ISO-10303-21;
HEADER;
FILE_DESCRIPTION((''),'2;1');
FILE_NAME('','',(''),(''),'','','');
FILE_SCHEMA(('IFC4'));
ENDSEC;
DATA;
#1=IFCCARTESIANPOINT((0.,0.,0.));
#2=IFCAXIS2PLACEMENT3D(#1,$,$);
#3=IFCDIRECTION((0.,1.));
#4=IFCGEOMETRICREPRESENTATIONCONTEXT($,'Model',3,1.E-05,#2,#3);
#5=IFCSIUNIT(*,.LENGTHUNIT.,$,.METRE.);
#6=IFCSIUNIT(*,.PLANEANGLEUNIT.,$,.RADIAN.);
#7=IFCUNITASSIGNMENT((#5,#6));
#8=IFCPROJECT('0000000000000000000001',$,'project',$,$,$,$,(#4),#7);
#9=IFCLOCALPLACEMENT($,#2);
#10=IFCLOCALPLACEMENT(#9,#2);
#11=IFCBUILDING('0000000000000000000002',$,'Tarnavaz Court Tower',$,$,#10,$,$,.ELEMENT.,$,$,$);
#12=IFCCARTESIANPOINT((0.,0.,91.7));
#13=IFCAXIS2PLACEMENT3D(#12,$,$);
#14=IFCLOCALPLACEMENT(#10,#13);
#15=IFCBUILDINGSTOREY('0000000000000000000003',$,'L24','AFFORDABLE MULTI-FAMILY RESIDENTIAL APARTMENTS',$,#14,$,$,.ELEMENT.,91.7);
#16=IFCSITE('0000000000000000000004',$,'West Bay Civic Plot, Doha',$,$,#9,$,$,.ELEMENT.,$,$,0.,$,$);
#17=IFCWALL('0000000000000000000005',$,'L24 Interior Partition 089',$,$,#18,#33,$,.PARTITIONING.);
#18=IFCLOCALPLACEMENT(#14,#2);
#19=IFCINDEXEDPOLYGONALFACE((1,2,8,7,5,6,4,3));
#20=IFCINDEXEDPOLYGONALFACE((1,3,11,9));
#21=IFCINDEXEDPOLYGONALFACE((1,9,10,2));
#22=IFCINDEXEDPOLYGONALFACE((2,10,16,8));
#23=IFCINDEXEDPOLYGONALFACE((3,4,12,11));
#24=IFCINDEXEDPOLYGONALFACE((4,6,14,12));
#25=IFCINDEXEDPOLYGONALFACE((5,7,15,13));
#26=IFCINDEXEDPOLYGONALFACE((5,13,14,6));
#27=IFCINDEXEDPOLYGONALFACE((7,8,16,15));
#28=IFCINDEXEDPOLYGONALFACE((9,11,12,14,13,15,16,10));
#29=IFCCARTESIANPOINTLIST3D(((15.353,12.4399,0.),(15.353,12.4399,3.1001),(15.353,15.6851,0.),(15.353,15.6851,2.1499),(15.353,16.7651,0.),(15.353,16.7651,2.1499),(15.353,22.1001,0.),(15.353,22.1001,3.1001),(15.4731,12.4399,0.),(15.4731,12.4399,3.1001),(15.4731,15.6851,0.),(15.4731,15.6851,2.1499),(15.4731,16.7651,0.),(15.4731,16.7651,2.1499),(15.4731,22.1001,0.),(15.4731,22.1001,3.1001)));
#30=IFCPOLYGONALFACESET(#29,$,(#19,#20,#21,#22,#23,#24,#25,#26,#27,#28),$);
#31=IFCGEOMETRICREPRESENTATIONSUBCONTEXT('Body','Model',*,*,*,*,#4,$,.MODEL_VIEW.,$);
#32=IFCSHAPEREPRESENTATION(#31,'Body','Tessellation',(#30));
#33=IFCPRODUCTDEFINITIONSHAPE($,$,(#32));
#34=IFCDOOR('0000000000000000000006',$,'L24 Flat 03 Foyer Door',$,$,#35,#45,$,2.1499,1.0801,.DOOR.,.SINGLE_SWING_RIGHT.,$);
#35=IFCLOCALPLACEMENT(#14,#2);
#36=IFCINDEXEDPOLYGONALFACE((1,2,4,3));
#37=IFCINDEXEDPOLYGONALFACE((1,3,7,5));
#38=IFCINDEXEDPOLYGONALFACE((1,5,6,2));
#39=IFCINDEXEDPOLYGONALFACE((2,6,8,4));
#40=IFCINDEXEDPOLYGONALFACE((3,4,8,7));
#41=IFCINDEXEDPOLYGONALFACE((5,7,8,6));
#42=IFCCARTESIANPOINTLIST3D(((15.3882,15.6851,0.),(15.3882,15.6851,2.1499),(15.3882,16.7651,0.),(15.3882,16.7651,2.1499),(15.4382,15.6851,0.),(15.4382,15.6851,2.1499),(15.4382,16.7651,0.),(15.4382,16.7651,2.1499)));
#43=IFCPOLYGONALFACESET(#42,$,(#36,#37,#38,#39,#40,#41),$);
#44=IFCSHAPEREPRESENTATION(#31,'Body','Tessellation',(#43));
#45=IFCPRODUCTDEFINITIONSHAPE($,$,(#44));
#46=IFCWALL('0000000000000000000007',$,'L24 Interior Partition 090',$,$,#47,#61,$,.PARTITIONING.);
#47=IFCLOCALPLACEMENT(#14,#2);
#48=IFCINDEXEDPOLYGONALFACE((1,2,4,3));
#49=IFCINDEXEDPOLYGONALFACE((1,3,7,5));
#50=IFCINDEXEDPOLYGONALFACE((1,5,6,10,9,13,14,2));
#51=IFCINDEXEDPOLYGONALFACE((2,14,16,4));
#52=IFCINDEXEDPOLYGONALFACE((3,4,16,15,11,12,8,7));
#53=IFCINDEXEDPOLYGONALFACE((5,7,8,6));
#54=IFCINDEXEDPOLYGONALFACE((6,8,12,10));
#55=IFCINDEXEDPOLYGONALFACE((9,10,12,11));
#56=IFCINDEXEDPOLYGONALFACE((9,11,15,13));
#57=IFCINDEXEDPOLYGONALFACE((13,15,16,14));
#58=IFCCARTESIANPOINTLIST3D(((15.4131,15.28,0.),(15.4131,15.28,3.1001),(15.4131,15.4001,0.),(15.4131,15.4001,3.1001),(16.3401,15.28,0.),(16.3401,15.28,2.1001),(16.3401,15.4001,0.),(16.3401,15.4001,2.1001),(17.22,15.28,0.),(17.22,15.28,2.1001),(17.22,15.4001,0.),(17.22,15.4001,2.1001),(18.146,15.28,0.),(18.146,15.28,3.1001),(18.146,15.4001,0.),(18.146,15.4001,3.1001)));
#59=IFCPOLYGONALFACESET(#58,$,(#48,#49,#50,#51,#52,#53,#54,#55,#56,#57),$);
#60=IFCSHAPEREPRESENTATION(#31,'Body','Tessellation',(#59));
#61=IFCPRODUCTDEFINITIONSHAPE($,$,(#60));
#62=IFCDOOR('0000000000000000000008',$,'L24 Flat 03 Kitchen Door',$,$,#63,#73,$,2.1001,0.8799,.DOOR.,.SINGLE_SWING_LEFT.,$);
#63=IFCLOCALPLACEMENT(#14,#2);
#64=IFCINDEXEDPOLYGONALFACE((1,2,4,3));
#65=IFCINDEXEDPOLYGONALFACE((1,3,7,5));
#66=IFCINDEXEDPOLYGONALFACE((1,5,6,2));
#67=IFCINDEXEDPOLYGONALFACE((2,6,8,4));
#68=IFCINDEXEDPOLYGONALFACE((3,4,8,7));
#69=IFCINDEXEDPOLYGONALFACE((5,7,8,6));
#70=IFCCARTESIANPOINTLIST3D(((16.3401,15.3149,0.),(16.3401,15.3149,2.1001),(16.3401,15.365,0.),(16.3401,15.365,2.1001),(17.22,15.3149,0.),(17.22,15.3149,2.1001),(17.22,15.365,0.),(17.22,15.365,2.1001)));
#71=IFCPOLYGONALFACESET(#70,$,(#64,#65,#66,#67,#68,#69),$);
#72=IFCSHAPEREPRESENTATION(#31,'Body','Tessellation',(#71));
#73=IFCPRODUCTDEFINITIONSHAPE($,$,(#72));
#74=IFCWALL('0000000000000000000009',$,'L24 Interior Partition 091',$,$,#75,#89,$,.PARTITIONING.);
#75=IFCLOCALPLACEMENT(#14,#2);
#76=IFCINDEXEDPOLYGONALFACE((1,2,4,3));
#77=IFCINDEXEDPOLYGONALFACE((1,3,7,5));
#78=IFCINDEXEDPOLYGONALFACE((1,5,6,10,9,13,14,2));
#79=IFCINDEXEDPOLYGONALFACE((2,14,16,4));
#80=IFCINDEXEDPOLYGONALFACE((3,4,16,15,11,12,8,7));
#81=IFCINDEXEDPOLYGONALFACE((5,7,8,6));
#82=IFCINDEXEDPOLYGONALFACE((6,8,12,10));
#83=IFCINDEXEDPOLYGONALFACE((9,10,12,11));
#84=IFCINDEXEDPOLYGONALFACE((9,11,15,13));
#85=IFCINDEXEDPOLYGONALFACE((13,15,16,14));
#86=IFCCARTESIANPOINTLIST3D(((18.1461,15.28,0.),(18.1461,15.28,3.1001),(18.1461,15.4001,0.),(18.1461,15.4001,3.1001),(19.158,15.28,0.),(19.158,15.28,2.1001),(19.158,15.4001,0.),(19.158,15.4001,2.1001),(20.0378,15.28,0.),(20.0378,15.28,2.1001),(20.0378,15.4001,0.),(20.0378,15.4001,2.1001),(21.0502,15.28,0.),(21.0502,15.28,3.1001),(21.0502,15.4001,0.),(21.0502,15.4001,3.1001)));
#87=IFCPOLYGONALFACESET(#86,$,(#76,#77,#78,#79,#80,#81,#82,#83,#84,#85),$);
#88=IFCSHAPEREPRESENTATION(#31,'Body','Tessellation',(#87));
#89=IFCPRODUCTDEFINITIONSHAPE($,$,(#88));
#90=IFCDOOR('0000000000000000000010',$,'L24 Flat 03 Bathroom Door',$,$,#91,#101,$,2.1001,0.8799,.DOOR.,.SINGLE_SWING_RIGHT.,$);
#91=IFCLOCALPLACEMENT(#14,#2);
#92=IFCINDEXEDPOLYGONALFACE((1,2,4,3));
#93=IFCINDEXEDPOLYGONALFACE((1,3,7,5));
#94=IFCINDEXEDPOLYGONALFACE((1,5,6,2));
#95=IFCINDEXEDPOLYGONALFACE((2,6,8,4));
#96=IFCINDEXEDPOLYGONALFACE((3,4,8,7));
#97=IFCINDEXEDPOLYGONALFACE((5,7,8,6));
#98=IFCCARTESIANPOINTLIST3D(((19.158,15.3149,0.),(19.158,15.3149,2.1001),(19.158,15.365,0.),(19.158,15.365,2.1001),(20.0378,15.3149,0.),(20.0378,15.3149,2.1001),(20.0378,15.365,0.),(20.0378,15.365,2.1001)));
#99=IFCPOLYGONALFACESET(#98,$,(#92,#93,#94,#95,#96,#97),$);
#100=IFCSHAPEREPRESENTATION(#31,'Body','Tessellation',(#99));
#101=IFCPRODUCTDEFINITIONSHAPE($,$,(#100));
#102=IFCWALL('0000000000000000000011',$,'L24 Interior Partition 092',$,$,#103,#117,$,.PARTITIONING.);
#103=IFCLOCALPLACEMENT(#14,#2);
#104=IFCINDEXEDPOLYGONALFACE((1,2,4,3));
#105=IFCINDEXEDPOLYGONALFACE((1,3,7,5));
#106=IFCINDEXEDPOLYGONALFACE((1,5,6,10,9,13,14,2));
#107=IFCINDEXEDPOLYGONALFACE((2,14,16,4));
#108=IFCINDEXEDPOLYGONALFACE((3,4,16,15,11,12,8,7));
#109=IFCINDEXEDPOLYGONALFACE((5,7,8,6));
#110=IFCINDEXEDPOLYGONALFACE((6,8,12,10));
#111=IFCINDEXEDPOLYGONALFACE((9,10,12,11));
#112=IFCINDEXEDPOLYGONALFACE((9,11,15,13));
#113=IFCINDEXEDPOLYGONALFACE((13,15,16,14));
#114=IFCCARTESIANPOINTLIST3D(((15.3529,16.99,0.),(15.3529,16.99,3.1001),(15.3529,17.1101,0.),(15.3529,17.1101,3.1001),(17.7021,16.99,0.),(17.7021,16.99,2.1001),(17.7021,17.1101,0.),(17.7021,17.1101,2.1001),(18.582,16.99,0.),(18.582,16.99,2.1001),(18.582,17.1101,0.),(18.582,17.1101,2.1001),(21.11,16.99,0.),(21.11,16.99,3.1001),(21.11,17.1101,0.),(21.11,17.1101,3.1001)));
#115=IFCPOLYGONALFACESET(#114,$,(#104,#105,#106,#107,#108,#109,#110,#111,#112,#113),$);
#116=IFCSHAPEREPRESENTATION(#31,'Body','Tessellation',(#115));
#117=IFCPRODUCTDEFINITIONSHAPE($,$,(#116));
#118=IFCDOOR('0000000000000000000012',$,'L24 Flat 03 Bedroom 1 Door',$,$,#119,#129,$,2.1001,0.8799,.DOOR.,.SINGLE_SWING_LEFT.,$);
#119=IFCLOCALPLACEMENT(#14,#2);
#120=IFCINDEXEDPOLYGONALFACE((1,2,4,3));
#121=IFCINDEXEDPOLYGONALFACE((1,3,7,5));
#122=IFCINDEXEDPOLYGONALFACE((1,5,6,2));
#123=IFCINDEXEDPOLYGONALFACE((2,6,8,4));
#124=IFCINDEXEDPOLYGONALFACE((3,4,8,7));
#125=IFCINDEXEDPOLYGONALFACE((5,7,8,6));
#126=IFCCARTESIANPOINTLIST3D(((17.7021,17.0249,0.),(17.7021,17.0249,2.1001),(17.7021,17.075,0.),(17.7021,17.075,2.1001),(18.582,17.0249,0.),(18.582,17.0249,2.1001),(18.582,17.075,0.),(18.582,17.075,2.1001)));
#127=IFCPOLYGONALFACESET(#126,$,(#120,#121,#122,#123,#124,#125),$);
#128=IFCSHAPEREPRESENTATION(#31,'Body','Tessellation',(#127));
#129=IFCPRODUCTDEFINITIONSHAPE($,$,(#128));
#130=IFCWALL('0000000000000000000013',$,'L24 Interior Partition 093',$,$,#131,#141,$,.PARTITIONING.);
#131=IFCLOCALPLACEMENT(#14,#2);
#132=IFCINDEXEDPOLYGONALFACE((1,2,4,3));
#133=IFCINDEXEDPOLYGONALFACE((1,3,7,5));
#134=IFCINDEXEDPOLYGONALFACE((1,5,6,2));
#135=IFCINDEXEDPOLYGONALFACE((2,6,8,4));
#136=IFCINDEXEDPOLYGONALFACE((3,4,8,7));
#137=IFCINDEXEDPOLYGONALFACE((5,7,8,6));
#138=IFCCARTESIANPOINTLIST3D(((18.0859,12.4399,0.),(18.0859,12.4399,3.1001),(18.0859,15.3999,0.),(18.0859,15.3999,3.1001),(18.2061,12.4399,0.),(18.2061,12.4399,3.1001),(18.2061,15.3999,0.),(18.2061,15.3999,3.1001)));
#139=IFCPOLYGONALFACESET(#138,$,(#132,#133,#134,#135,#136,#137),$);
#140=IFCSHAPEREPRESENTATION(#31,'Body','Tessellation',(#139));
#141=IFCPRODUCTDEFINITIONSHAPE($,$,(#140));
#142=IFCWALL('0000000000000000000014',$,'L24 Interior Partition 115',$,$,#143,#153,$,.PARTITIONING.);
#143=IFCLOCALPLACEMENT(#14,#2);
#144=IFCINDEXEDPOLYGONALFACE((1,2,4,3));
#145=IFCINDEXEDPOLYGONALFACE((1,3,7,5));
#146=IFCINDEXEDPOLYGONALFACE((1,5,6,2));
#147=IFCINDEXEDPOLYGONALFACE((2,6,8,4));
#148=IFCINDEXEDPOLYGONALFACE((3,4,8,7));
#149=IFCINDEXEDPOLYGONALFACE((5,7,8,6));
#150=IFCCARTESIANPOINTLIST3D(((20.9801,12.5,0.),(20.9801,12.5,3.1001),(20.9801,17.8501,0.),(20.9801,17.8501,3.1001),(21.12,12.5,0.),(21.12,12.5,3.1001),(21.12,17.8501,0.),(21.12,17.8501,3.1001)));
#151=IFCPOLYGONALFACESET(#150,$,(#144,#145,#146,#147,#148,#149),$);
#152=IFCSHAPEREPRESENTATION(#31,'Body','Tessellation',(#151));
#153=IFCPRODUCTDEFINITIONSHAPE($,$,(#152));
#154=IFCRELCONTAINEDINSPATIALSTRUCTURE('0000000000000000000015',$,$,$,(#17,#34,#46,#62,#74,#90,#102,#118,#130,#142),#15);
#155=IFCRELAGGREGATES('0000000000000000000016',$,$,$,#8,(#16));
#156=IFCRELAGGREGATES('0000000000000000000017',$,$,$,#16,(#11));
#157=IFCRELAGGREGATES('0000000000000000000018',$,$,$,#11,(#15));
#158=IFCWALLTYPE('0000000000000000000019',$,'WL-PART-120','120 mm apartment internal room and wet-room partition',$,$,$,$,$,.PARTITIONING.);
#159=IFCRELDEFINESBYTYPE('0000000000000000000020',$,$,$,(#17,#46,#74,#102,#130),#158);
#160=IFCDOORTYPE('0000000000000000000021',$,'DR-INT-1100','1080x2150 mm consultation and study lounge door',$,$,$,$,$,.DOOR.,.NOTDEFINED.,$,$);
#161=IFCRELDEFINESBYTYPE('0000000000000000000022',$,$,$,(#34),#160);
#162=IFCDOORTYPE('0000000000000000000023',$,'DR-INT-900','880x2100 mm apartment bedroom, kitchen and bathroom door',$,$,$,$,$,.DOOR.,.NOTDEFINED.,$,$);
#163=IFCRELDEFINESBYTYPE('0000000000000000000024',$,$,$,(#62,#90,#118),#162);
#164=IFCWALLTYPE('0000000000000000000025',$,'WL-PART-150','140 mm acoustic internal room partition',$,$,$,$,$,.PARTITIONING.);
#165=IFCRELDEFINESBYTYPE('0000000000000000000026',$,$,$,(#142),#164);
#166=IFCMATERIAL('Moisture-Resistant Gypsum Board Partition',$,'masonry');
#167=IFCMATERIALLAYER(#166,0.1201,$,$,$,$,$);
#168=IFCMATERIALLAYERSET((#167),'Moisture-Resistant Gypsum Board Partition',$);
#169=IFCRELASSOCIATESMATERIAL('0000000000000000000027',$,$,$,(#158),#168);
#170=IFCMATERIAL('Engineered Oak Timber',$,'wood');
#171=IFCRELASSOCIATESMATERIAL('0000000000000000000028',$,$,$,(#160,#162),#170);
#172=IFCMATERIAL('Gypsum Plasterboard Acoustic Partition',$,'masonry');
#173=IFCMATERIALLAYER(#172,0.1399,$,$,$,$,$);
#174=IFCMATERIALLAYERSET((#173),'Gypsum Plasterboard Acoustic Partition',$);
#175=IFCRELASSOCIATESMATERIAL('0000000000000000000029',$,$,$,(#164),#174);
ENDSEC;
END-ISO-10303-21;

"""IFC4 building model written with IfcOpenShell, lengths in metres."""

from ifc_helpers import new_model, si_unit, direction, frame, frame_2d, origin, place, context, subcontext, project, spatial, rectangle, extrude, material, layer, layer_set, type_object, element, fill, save


model = new_model("IFC4")

# Units and contexts
model_context = context("Model", 3, precision=1e-05, world=origin(), true_north=direction((0.0, 1.0)))
body_context = subcontext(model_context, "Body", "Model", "MODEL_VIEW")
ifc_project = project(units=[si_unit("LENGTHUNIT", "METRE"), si_unit("PLANEANGLEUNIT", "RADIAN")], contexts=[model_context])

# Site, building, storey
site_placement = place(None, origin())
site = spatial("IfcSite", under=ifc_project, at=site_placement, Name="West Bay Civic Plot, Doha", CompositionType="ELEMENT", RefElevation=0.0)
building_placement = place(site_placement, origin())
building = spatial("IfcBuilding", under=site, at=building_placement, Name="Tarnavaz Court Tower", CompositionType="ELEMENT")
storey_placement = place(building_placement, frame((0.0, 0.0, 91.7)))
storey = spatial("IfcBuildingStorey", under=building, at=storey_placement, Name="L24", Description="AFFORDABLE MULTI-FAMILY RESIDENTIAL APARTMENTS", CompositionType="ELEMENT", Elevation=91.7)

# Walls, openings, doors
ifc_material_1 = material(Name="Engineered Oak Timber", Category="wood")
ifc_material_2 = material(Name="Moisture-Resistant Gypsum Board Partition", Category="masonry")
ifc_layer_1 = layer(ifc_material_2, 0.1201)
ifc_layer_set_1 = layer_set([ifc_layer_1], Name="Moisture-Resistant Gypsum Board Partition")
wall_type_1 = type_object("IfcWallType", Name="WL-PART-120", Description="120 mm apartment internal room and wet-room partition", PredefinedType="PARTITIONING", material=ifc_layer_set_1)
wall_1_placement = place(storey_placement, frame((15.4131, 12.4399, 0.0), z_axis=(0.0, 0.0, 1.0), x_axis=(0.0, 1.0, 0.0)))
wall_1 = element("IfcWall", 1, at=wall_1_placement, inside=storey, type_object=wall_type_1, Name="L24 Interior Partition 089", PredefinedType="PARTITIONING", context=body_context, shape_type="SweptSolid", body=[
    extrude(rectangle(XDim=9.6602, YDim=0.1201, at=frame_2d((4.8301, 0.0))), origin(), (0.0, 0.0, 1.0), 3.1001),
])
opening_1_placement = place(wall_1_placement, frame((3.2451, 0.0, 0.0)))
opening_1 = element("IfcOpeningElement", 2, at=opening_1_placement, cuts=wall_1, PredefinedType="OPENING", context=body_context, shape_type="SweptSolid", body=[
    extrude(rectangle(XDim=1.0801, YDim=2.1499, at=frame_2d((0.54, 1.075))), frame((0.0, 0.0701, 0.0), z_axis=(0.0, -1.0, 0.0), x_axis=(1.0, 0.0, 0.0)), (0.0, 0.0, 1.0), 0.1401),
])
door_type_1 = type_object("IfcDoorType", Name="DR-INT-1100", Description="1080x2150 mm consultation and study lounge door", OperationType="NOTDEFINED", PredefinedType="DOOR", material=ifc_material_1)
door_1_placement = place(opening_1_placement, origin())
door_1 = element("IfcDoor", 3, at=door_1_placement, inside=storey, type_object=door_type_1, Name="L24 Flat 03 Foyer Door", OperationType="SINGLE_SWING_RIGHT", OverallHeight=2.1499, OverallWidth=1.0801, PredefinedType="DOOR", context=body_context, shape_type="SweptSolid", body=[
    extrude(rectangle(XDim=1.0801, YDim=2.1499, at=frame_2d((0.54, 1.075))), frame((0.0, 0.0249, 0.0), z_axis=(0.0, -1.0, 0.0), x_axis=(1.0, 0.0, 0.0)), (0.0, 0.0, 1.0), 0.05),
])
fill(opening_1, door_1)
wall_2_placement = place(storey_placement, frame((15.4131, 15.3401, 0.0), z_axis=(0.0, 0.0, 1.0), x_axis=(1.0, 0.0, 0.0)))
wall_2 = element("IfcWall", 4, at=wall_2_placement, inside=storey, type_object=wall_type_1, Name="L24 Interior Partition 090", PredefinedType="PARTITIONING", context=body_context, shape_type="SweptSolid", body=[
    extrude(rectangle(XDim=2.7329, YDim=0.1201, at=frame_2d((1.3665, 0.0))), origin(), (0.0, 0.0, 1.0), 3.1001),
])
opening_2_placement = place(wall_2_placement, frame((0.927, 0.0, 0.0)))
opening_2 = element("IfcOpeningElement", 5, at=opening_2_placement, cuts=wall_2, PredefinedType="OPENING", context=body_context, shape_type="SweptSolid", body=[
    extrude(rectangle(XDim=0.8799, YDim=2.1001, at=frame_2d((0.4399, 1.05))), frame((0.0, 0.0701, 0.0), z_axis=(0.0, -1.0, 0.0), x_axis=(1.0, 0.0, 0.0)), (0.0, 0.0, 1.0), 0.1401),
])
door_type_2 = type_object("IfcDoorType", Name="DR-INT-900", Description="880x2100 mm apartment bedroom, kitchen and bathroom door", OperationType="NOTDEFINED", PredefinedType="DOOR", material=ifc_material_1)
door_2_placement = place(opening_2_placement, origin())
door_2 = element("IfcDoor", 6, at=door_2_placement, inside=storey, type_object=door_type_2, Name="L24 Flat 03 Kitchen Door", OperationType="SINGLE_SWING_LEFT", OverallHeight=2.1001, OverallWidth=0.8799, PredefinedType="DOOR", context=body_context, shape_type="SweptSolid", body=[
    extrude(rectangle(XDim=0.8799, YDim=2.1001, at=frame_2d((0.4399, 1.05))), frame((0.0, 0.0249, 0.0), z_axis=(0.0, -1.0, 0.0), x_axis=(1.0, 0.0, 0.0)), (0.0, 0.0, 1.0), 0.05),
])
fill(opening_2, door_2)
wall_3_placement = place(storey_placement, frame((18.146, 15.3401, 0.0), z_axis=(0.0, 0.0, 1.0), x_axis=(1.0, 0.0, 0.0)))
wall_3 = element("IfcWall", 7, at=wall_3_placement, inside=storey, type_object=wall_type_1, Name="L24 Interior Partition 091", PredefinedType="PARTITIONING", context=body_context, shape_type="SweptSolid", body=[
    extrude(rectangle(XDim=2.9041, YDim=0.1201, at=frame_2d((1.4521, 0.0))), origin(), (0.0, 0.0, 1.0), 3.1001),
])
opening_3_placement = place(wall_3_placement, frame((1.012, 0.0, 0.0)))
opening_3 = element("IfcOpeningElement", 8, at=opening_3_placement, cuts=wall_3, PredefinedType="OPENING", context=body_context, shape_type="SweptSolid", body=[
    extrude(rectangle(XDim=0.8799, YDim=2.1001, at=frame_2d((0.4399, 1.05))), frame((0.0, 0.0701, 0.0), z_axis=(0.0, -1.0, 0.0), x_axis=(1.0, 0.0, 0.0)), (0.0, 0.0, 1.0), 0.1401),
])
door_3_placement = place(opening_3_placement, origin())
door_3 = element("IfcDoor", 9, at=door_3_placement, inside=storey, type_object=door_type_2, Name="L24 Flat 03 Bathroom Door", OperationType="SINGLE_SWING_RIGHT", OverallHeight=2.1001, OverallWidth=0.8799, PredefinedType="DOOR", context=body_context, shape_type="SweptSolid", body=[
    extrude(rectangle(XDim=0.8799, YDim=2.1001, at=frame_2d((0.4399, 1.05))), frame((0.0, 0.0249, 0.0), z_axis=(0.0, -1.0, 0.0), x_axis=(1.0, 0.0, 0.0)), (0.0, 0.0, 1.0), 0.05),
])
fill(opening_3, door_3)
wall_4_placement = place(storey_placement, frame((15.353, 17.05, 0.0), z_axis=(0.0, 0.0, 1.0), x_axis=(1.0, 0.0, 0.0)))
wall_4 = element("IfcWall", 10, at=wall_4_placement, inside=storey, type_object=wall_type_1, Name="L24 Interior Partition 092", PredefinedType="PARTITIONING", context=body_context, shape_type="SweptSolid", body=[
    extrude(rectangle(XDim=5.7571, YDim=0.1201, at=frame_2d((2.8784, 0.0))), origin(), (0.0, 0.0, 1.0), 3.1001),
])
opening_4_placement = place(wall_4_placement, frame((2.3491, 0.0, 0.0)))
opening_4 = element("IfcOpeningElement", 11, at=opening_4_placement, cuts=wall_4, PredefinedType="OPENING", context=body_context, shape_type="SweptSolid", body=[
    extrude(rectangle(XDim=0.8799, YDim=2.1001, at=frame_2d((0.4399, 1.05))), frame((0.0, 0.0701, 0.0), z_axis=(0.0, -1.0, 0.0), x_axis=(1.0, 0.0, 0.0)), (0.0, 0.0, 1.0), 0.1401),
])
door_4_placement = place(opening_4_placement, origin())
door_4 = element("IfcDoor", 12, at=door_4_placement, inside=storey, type_object=door_type_2, Name="L24 Flat 03 Bedroom 1 Door", OperationType="SINGLE_SWING_LEFT", OverallHeight=2.1001, OverallWidth=0.8799, PredefinedType="DOOR", context=body_context, shape_type="SweptSolid", body=[
    extrude(rectangle(XDim=0.8799, YDim=2.1001, at=frame_2d((0.4399, 1.05))), frame((0.0, 0.0249, 0.0), z_axis=(0.0, -1.0, 0.0), x_axis=(1.0, 0.0, 0.0)), (0.0, 0.0, 1.0), 0.05),
])
fill(opening_4, door_4)

# Walls
wall_5_placement = place(storey_placement, frame((18.146, 12.4399, 0.0), z_axis=(0.0, 0.0, 1.0), x_axis=(0.0, 1.0, 0.0)))
element("IfcWall", 13, at=wall_5_placement, inside=storey, type_object=wall_type_1, Name="L24 Interior Partition 093", PredefinedType="PARTITIONING", context=body_context, shape_type="SweptSolid", body=[
    extrude(rectangle(XDim=2.96, YDim=0.1201, at=frame_2d((1.48, 0.0))), origin(), (0.0, 0.0, 1.0), 3.1001),
])
ifc_material_3 = material(Name="Gypsum Plasterboard Acoustic Partition", Category="masonry")
ifc_layer_2 = layer(ifc_material_3, 0.1399)
ifc_layer_set_2 = layer_set([ifc_layer_2], Name="Gypsum Plasterboard Acoustic Partition")
wall_type_2 = type_object("IfcWallType", Name="WL-PART-150", Description="140 mm acoustic internal room partition", PredefinedType="PARTITIONING", material=ifc_layer_set_2)
wall_6_placement = place(storey_placement, frame((21.05, 12.5, 0.0), z_axis=(0.0, 0.0, 1.0), x_axis=(0.0, 1.0, 0.0)))
element("IfcWall", 14, at=wall_6_placement, inside=storey, type_object=wall_type_2, Name="L24 Interior Partition 115", PredefinedType="PARTITIONING", context=body_context, shape_type="SweptSolid", body=[
    extrude(rectangle(XDim=5.3501, YDim=0.1399, at=frame_2d((2.675, 0.0))), origin(), (0.0, 0.0, 1.0), 3.1001),
])

save(model, "model.ifc")
